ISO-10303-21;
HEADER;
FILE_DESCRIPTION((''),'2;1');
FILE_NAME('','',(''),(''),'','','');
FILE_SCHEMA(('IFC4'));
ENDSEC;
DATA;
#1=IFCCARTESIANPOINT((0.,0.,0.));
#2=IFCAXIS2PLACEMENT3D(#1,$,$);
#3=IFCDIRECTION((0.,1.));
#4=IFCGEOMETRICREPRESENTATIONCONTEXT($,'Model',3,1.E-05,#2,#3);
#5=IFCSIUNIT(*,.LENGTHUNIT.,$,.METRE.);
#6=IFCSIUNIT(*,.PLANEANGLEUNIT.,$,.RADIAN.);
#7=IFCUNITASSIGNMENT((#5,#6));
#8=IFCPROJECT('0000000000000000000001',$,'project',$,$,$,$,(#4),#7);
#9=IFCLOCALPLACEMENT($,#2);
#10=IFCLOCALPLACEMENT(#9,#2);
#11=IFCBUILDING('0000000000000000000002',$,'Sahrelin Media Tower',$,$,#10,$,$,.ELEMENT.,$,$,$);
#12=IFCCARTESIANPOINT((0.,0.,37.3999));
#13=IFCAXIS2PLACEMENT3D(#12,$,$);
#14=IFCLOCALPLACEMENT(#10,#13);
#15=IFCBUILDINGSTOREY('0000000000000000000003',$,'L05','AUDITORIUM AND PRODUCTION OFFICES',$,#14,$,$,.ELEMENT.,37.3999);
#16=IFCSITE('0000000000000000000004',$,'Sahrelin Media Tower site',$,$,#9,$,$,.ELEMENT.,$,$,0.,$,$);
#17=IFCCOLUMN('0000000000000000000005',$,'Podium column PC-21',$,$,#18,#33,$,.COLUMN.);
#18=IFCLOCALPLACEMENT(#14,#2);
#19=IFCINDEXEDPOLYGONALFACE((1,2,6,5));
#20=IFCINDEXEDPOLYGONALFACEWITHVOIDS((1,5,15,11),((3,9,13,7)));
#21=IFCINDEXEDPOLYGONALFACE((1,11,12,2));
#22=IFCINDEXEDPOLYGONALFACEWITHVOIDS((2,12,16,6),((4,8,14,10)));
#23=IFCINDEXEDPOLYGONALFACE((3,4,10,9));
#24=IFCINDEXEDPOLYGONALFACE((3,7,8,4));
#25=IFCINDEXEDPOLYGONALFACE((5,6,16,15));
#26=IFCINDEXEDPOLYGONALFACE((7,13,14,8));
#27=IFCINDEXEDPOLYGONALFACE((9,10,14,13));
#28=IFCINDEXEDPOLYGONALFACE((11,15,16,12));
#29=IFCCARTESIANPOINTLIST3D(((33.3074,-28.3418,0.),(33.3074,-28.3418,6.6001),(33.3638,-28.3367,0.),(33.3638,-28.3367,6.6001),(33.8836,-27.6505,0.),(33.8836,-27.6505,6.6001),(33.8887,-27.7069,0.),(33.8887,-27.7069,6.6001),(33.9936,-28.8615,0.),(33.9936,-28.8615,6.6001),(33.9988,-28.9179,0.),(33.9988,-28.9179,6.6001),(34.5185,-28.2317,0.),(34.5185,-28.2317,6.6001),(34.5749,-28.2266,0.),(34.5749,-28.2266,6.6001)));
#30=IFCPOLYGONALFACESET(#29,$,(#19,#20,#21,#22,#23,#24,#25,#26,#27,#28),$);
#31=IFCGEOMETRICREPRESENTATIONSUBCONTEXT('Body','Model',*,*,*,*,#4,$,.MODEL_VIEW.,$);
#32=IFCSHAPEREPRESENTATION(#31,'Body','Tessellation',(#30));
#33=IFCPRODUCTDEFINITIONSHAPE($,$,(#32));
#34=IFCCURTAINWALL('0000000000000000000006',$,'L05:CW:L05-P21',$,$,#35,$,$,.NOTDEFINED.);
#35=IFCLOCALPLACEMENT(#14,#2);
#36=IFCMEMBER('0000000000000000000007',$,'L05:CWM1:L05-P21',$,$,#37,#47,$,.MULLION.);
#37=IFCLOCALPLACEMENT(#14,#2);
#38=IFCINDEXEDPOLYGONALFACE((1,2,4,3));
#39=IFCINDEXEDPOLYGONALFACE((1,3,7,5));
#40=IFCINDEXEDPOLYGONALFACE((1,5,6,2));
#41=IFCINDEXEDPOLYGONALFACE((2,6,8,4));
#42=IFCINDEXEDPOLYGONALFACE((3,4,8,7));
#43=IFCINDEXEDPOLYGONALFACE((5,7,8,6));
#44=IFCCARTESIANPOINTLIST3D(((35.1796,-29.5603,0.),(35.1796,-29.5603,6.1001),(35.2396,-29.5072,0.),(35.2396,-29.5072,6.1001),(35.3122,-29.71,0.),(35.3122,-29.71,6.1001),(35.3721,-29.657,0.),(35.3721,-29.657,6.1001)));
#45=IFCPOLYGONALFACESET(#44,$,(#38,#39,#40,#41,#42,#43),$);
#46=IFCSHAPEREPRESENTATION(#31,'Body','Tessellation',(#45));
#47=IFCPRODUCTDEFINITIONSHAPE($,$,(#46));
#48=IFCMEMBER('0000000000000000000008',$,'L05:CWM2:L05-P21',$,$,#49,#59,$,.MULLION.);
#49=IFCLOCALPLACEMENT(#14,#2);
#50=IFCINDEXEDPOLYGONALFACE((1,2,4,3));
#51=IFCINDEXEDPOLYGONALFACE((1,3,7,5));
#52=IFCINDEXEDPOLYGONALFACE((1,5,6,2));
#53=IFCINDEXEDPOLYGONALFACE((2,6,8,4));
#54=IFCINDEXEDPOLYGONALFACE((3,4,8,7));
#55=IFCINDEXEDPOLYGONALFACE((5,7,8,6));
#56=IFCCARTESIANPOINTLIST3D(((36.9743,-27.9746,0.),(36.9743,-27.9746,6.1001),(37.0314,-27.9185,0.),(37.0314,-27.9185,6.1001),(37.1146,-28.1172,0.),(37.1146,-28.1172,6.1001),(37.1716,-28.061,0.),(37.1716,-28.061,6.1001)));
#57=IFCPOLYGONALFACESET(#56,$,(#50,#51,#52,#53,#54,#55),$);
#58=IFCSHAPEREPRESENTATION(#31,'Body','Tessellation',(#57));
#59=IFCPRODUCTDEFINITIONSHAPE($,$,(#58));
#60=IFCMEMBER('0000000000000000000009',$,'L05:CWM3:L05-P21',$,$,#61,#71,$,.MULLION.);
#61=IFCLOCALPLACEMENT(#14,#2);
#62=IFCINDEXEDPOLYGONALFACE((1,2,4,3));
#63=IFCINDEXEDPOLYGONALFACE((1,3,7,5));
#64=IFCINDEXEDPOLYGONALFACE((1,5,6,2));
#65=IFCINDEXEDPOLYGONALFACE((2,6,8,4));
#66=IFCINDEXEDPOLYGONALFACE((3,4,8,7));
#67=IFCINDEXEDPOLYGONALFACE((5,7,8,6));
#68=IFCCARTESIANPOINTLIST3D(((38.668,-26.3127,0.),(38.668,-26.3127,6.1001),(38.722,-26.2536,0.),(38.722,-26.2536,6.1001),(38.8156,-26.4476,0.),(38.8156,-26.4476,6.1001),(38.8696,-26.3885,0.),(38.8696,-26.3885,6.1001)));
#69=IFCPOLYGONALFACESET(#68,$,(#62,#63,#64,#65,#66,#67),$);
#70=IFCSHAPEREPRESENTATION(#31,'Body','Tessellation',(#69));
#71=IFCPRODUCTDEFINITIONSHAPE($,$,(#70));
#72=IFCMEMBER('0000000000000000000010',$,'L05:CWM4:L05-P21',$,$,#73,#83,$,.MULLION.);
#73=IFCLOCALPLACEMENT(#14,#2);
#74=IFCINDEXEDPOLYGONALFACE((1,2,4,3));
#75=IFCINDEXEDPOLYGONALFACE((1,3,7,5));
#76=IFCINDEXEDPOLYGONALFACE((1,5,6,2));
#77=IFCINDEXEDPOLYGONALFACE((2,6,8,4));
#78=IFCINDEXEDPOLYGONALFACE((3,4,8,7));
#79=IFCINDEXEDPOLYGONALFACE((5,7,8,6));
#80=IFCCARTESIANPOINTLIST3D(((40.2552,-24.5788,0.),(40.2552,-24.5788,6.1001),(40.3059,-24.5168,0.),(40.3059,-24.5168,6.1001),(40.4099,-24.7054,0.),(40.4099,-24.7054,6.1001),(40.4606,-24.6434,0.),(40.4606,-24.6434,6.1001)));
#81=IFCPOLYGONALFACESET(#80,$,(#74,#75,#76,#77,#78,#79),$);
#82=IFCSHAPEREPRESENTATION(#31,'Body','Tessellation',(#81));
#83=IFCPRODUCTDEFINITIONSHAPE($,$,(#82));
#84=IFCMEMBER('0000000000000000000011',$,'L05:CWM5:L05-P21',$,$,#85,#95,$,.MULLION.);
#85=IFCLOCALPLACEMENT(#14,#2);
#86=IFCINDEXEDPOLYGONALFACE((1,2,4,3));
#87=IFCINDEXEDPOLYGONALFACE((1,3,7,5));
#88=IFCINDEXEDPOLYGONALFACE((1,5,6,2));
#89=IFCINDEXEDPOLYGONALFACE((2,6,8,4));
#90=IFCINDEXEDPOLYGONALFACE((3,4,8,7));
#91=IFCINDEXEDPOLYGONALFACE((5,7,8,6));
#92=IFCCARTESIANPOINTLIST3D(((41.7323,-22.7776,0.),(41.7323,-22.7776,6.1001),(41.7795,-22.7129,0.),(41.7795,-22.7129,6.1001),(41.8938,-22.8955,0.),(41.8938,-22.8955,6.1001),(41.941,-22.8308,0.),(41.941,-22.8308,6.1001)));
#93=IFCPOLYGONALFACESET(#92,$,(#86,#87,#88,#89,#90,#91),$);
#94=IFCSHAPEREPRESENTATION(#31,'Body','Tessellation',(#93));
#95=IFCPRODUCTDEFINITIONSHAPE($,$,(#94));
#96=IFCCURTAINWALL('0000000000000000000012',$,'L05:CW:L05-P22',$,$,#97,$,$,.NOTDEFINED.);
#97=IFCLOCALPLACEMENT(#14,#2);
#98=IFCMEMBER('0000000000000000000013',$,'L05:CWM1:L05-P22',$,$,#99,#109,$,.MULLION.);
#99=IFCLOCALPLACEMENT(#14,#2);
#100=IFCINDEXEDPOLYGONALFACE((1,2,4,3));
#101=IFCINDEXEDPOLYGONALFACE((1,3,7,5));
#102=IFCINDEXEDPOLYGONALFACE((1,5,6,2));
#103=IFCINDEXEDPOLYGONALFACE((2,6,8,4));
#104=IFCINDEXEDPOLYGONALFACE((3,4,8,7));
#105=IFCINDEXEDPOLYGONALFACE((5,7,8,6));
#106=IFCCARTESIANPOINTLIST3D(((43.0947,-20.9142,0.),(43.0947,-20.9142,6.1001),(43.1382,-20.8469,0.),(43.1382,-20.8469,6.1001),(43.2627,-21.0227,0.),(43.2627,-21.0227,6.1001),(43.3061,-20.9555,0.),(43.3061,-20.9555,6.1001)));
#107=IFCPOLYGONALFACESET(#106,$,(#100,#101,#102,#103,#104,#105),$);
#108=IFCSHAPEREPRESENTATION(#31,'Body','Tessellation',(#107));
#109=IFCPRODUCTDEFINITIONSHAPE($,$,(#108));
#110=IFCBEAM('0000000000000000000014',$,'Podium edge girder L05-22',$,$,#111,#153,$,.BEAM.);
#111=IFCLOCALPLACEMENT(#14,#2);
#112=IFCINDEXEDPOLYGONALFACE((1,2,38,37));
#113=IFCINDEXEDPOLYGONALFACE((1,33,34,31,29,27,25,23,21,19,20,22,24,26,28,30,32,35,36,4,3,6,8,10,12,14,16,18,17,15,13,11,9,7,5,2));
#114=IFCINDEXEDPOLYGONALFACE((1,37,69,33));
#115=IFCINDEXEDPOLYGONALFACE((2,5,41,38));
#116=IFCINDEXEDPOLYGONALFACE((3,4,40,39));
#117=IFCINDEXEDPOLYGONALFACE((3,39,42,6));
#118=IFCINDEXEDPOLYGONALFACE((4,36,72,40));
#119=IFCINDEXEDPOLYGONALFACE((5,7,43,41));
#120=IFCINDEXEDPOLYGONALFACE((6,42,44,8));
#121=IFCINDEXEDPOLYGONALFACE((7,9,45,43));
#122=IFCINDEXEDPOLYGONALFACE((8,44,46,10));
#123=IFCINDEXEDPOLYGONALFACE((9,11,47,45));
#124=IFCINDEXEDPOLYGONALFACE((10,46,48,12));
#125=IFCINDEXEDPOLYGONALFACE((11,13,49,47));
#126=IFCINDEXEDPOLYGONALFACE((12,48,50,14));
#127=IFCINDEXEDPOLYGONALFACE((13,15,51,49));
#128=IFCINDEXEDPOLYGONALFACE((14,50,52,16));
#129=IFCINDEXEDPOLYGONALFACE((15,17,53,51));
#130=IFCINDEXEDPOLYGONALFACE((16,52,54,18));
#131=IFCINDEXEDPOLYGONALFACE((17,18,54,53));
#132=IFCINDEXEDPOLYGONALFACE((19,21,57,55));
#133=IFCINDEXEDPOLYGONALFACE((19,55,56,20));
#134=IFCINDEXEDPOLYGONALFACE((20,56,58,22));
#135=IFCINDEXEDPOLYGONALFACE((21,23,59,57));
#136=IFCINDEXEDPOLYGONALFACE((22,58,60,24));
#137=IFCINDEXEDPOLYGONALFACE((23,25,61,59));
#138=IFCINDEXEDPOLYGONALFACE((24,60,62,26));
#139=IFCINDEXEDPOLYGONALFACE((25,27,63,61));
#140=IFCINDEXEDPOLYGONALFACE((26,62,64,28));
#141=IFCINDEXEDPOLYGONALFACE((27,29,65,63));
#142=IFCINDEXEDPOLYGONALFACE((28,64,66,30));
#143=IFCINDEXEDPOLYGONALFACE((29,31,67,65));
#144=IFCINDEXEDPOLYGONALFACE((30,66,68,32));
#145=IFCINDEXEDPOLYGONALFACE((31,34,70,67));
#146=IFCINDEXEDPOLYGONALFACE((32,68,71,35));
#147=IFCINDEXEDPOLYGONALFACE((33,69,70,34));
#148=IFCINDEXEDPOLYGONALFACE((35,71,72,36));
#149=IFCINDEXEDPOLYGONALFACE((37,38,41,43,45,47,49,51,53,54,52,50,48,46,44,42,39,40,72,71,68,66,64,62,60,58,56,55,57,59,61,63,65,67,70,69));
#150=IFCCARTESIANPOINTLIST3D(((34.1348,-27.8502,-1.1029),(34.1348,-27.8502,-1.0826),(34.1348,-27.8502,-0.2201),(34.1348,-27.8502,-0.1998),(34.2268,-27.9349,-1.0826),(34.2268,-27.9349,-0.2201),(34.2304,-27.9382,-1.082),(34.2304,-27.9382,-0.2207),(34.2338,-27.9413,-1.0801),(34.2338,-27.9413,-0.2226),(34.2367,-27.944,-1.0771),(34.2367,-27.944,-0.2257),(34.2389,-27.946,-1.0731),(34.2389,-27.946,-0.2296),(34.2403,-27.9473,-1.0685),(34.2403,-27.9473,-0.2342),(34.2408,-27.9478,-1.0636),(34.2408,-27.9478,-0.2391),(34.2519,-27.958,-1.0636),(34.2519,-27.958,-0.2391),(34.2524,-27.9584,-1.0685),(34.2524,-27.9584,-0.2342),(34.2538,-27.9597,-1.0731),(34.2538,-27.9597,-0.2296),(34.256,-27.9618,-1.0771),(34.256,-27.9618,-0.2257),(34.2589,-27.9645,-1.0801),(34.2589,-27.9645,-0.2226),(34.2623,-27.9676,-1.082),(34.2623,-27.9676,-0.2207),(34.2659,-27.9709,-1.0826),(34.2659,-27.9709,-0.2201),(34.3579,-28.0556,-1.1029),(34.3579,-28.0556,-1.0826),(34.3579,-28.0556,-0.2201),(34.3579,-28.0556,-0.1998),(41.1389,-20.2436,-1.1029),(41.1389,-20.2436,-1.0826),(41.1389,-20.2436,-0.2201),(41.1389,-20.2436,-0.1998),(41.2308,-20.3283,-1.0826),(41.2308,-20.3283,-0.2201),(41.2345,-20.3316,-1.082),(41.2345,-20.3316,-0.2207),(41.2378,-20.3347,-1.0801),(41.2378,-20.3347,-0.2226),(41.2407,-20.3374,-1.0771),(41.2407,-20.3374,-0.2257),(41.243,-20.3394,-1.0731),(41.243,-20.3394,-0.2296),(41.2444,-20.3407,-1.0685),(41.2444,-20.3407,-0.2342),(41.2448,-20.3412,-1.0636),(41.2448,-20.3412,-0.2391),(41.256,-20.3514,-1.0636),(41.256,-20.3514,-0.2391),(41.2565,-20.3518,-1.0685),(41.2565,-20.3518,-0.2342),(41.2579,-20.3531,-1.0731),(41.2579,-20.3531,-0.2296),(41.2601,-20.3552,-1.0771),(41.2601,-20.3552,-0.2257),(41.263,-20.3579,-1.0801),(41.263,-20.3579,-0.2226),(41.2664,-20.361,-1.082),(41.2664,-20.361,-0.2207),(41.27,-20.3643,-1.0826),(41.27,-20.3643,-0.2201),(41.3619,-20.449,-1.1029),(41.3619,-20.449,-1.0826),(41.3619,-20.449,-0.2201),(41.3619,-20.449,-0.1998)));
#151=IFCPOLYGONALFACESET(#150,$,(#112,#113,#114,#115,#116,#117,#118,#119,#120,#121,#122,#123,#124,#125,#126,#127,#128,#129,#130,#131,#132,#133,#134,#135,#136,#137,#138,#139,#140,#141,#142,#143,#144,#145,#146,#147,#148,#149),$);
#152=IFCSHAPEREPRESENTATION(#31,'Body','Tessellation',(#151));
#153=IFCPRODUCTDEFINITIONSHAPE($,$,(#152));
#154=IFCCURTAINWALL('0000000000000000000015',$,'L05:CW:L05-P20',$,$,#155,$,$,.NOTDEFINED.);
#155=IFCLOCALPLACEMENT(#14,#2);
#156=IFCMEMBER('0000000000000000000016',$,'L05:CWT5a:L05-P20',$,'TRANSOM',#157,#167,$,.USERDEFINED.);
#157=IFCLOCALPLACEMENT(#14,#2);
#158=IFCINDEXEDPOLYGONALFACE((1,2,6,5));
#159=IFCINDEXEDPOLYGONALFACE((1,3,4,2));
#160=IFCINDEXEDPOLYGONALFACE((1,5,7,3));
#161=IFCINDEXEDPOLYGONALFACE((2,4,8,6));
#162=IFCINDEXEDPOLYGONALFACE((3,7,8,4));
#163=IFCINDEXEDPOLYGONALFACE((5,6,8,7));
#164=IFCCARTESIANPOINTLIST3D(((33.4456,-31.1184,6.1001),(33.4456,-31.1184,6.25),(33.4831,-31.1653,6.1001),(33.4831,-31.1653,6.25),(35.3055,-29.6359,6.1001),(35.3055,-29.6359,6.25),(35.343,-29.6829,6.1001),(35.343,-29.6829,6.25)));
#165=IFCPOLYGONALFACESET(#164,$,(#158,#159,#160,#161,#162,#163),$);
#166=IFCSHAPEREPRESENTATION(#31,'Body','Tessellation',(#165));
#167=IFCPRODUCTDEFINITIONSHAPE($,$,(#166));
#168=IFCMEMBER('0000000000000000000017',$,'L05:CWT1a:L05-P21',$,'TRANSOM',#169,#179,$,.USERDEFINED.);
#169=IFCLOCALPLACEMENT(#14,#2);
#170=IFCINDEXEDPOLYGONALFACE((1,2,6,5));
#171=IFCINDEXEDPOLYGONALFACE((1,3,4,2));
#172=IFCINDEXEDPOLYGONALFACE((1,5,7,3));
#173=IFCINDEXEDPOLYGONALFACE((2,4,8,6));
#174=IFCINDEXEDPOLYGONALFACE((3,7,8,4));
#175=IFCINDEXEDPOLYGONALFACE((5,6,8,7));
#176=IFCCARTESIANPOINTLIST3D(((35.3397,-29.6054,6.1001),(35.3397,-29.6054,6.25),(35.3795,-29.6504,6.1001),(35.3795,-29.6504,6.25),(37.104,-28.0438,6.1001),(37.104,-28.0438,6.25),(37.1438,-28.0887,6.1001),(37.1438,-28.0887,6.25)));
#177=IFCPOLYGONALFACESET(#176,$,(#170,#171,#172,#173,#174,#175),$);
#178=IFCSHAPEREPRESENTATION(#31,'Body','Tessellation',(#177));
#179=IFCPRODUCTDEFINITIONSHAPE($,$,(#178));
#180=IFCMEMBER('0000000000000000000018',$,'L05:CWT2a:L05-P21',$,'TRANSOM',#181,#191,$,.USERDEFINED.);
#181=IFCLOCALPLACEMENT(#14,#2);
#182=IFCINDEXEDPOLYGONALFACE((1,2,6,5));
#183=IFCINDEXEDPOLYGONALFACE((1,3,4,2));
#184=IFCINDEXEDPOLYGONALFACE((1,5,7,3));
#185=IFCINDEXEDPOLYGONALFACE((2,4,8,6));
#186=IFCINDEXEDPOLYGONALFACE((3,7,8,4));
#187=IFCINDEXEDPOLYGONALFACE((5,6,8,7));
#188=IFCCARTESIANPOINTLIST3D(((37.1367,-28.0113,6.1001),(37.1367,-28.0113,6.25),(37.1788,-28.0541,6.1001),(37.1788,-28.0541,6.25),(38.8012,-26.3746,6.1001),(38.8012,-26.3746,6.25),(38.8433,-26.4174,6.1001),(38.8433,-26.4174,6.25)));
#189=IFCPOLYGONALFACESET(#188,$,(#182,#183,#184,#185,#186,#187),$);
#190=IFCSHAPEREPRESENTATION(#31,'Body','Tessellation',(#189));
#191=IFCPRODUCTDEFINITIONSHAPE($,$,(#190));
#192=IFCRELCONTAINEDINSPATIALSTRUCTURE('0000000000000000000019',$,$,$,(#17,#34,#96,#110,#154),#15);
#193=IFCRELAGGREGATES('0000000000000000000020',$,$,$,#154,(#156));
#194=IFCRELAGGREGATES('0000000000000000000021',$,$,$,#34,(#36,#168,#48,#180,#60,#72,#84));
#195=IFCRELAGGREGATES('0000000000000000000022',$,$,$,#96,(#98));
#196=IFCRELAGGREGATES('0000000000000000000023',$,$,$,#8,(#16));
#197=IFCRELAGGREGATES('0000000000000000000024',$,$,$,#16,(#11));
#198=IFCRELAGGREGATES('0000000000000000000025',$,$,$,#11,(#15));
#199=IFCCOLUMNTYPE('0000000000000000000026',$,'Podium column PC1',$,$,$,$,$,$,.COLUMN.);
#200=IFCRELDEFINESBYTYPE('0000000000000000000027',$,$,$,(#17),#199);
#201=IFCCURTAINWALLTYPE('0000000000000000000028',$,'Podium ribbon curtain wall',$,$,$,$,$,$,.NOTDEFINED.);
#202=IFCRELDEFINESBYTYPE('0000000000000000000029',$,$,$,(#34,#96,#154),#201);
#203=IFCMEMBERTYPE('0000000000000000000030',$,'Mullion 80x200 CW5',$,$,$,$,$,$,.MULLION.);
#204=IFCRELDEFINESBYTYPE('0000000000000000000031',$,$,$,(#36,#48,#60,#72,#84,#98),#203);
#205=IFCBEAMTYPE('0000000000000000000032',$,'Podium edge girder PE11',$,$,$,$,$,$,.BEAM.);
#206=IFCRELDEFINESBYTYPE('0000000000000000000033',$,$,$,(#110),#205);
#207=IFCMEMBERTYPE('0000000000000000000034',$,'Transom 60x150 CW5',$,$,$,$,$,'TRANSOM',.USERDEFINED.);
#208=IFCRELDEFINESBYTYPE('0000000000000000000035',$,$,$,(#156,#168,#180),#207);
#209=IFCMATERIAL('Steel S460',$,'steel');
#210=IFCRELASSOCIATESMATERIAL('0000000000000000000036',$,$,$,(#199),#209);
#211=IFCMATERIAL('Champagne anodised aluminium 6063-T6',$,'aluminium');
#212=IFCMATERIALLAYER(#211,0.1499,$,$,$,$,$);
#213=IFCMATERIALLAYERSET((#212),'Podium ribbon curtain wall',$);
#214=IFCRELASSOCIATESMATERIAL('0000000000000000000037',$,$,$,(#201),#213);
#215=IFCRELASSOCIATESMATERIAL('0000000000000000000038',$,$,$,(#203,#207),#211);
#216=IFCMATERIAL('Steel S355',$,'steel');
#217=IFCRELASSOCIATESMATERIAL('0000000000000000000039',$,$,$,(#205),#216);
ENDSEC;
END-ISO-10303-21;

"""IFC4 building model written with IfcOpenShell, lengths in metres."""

from ifc_helpers import new_model, si_unit, direction, frame, origin, origin_2d, place, context, subcontext, project, spatial, rectangle, hollow_rectangle, i_section, extrude, material, layer, layer_set, material_profile, profile_set, type_object, element, aggregate, save


model = new_model("IFC4")

# Units and contexts
model_context = context("Model", 3, precision=1e-05, world=origin(), true_north=direction((0.0, 1.0)))
body_context = subcontext(model_context, "Body", "Model", "MODEL_VIEW")
ifc_project = project(units=[si_unit("LENGTHUNIT", "METRE"), si_unit("PLANEANGLEUNIT", "RADIAN")], contexts=[model_context])

# Site, building, storey
site_placement = place(None, origin())
site = spatial("IfcSite", under=ifc_project, at=site_placement, Name="Sahrelin Media Tower site", CompositionType="ELEMENT", RefElevation=0.0)
building_placement = place(site_placement, origin())
building = spatial("IfcBuilding", under=site, at=building_placement, Name="Sahrelin Media Tower", CompositionType="ELEMENT")
storey_placement = place(building_placement, frame((0.0, 0.0, 37.3999)))
storey = spatial("IfcBuildingStorey", under=building, at=storey_placement, Name="L05", Description="AUDITORIUM AND PRODUCTION OFFICES", CompositionType="ELEMENT", Elevation=37.3999)

# Column
ifc_material_1 = material(Name="Steel S460", Category="steel")
ifc_material_profile_1 = material_profile(ifc_material_1, hollow_rectangle(XDim=0.8999, YDim=0.8999, WallThickness=0.04, at=origin_2d()), Name="Podium column PC1")
ifc_profile_set_1 = profile_set([ifc_material_profile_1], Name="Steel S460")
column_type = type_object("IfcColumnType", Name="Podium column PC1", PredefinedType="COLUMN", material=ifc_profile_set_1)
column_placement = place(storey_placement, frame((33.9412, -28.2842, 0.0), z_axis=(0.0, 0.0, 1.0), x_axis=(0.768221, -0.640185, 0.0)))
element("IfcColumn", 1, at=column_placement, inside=storey, type_object=column_type, Name="Podium column PC-21", PredefinedType="COLUMN", context=body_context, shape_type="SweptSolid", body=[
    extrude(hollow_rectangle(XDim=0.8999, YDim=0.8999, WallThickness=0.04, at=origin_2d()), origin(), (0.0, 0.0, 1.0), 6.6001),
])

# Curtain wall, members
ifc_material_2 = material(Name="Champagne anodised aluminium 6063-T6", Category="aluminium")
ifc_layer_1 = layer(ifc_material_2, 0.1499)
ifc_layer_set_1 = layer_set([ifc_layer_1], Name="Podium ribbon curtain wall")
curtain_wall_type = type_object("IfcCurtainWallType", Name="Podium ribbon curtain wall", PredefinedType="NOTDEFINED", material=ifc_layer_set_1)
curtain_wall_1_placement = place(storey_placement, frame((35.3552, -29.6985, 0.0), z_axis=(0.0, 0.0, 1.0), x_axis=(1.0, 0.0, 0.0)))
curtain_wall_1 = element("IfcCurtainWall", 2, at=curtain_wall_1_placement, inside=storey, type_object=curtain_wall_type, Name="L05:CW:L05-P21", PredefinedType="NOTDEFINED")
ifc_material_profile_2 = material_profile(ifc_material_2, rectangle(XDim=0.0801, YDim=0.2, at=origin_2d()), Name="Mullion 80x200")
ifc_profile_set_2 = profile_set([ifc_material_profile_2], Name="Champagne anodised aluminium 6063-T6")
member_type_1 = type_object("IfcMemberType", Name="Mullion 80x200 CW5", PredefinedType="MULLION", material=ifc_profile_set_2)
member_1_placement = place(storey_placement, frame((35.2759, -29.6086, 0.0), z_axis=(0.0, 0.0, 1.0), x_axis=(0.748788, 0.66281, 0.0)))
member_1 = element("IfcMember", 3, at=member_1_placement, type_object=member_type_1, Name="L05:CWM1:L05-P21", PredefinedType="MULLION", context=body_context, shape_type="SweptSolid", body=[
    extrude(rectangle(XDim=0.0801, YDim=0.2, at=origin_2d()), origin(), (0.0, 0.0, 1.0), 6.1001),
])
member_2_placement = place(storey_placement, frame((37.073, -28.0178, 0.0), z_axis=(0.0, 0.0, 1.0), x_axis=(0.712974, 0.701191, 0.0)))
member_2 = element("IfcMember", 4, at=member_2_placement, type_object=member_type_1, Name="L05:CWM2:L05-P21", PredefinedType="MULLION", context=body_context, shape_type="SweptSolid", body=[
    extrude(rectangle(XDim=0.0801, YDim=0.2, at=origin_2d()), origin(), (0.0, 0.0, 1.0), 6.1001),
])
member_3_placement = place(storey_placement, frame((38.7688, -26.3506, 0.0), z_axis=(0.0, 0.0, 1.0), x_axis=(0.67443, 0.738339, 0.0)))
member_3 = element("IfcMember", 5, at=member_3_placement, type_object=member_type_1, Name="L05:CWM3:L05-P21", PredefinedType="MULLION", context=body_context, shape_type="SweptSolid", body=[
    extrude(rectangle(XDim=0.0801, YDim=0.2, at=origin_2d()), origin(), (0.0, 0.0, 1.0), 6.1001),
])
member_4_placement = place(storey_placement, frame((40.3579, -24.6111, 0.0), z_axis=(0.0, 0.0, 1.0), x_axis=(0.633235, 0.77396, 0.0)))
member_4 = element("IfcMember", 6, at=member_4_placement, type_object=member_type_1, Name="L05:CWM4:L05-P21", PredefinedType="MULLION", context=body_context, shape_type="SweptSolid", body=[
    extrude(rectangle(XDim=0.0801, YDim=0.2, at=origin_2d()), origin(), (0.0, 0.0, 1.0), 6.1001),
])
member_5_placement = place(storey_placement, frame((41.8367, -22.8042, 0.0), z_axis=(0.0, 0.0, 1.0), x_axis=(0.589385, 0.807852, 0.0)))
member_5 = element("IfcMember", 7, at=member_5_placement, type_object=member_type_1, Name="L05:CWM5:L05-P21", PredefinedType="MULLION", context=body_context, shape_type="SweptSolid", body=[
    extrude(rectangle(XDim=0.0801, YDim=0.2, at=origin_2d()), origin(), (0.0, 0.0, 1.0), 6.1001),
])

# Curtain wall, member
curtain_wall_2_placement = place(storey_placement, frame((43.3013, -21.0, 0.0), z_axis=(0.0, 0.0, 1.0), x_axis=(1.0, 0.0, 0.0)))
curtain_wall_2 = element("IfcCurtainWall", 8, at=curtain_wall_2_placement, inside=storey, type_object=curtain_wall_type, Name="L05:CW:L05-P22", PredefinedType="NOTDEFINED")
member_6_placement = place(storey_placement, frame((43.2004, -20.9348, 0.0), z_axis=(0.0, 0.0, 1.0), x_axis=(0.54283, 0.839843, 0.0)))
member_6 = element("IfcMember", 9, at=member_6_placement, type_object=member_type_1, Name="L05:CWM1:L05-P22", PredefinedType="MULLION", context=body_context, shape_type="SweptSolid", body=[
    extrude(rectangle(XDim=0.0801, YDim=0.2, at=origin_2d()), origin(), (0.0, 0.0, 1.0), 6.1001),
])

# Beam
ifc_material_3 = material(Name="Steel S355", Category="steel")
ifc_material_profile_3 = material_profile(ifc_material_3, i_section(OverallWidth=0.3032, OverallDepth=0.9031, WebThickness=0.0151, FlangeThickness=0.0203, FilletRadius=0.019, at=origin_2d()), Name="UB 914x305x201")
ifc_profile_set_3 = profile_set([ifc_material_profile_3], Name="Steel S355")
beam_type = type_object("IfcBeamType", Name="Podium edge girder PE11", PredefinedType="BEAM", material=ifc_profile_set_3)
beam_placement = place(storey_placement, frame((34.2463, -27.9529, -0.6514), z_axis=(0.677371, 0.735642, 0.0), x_axis=(-0.735642, 0.677371, 0.0)))
element("IfcBeam", 10, at=beam_placement, inside=storey, type_object=beam_type, Name="Podium edge girder L05-22", PredefinedType="BEAM", context=body_context, shape_type="SweptSolid", body=[
    extrude(i_section(OverallWidth=0.3032, OverallDepth=0.9031, WebThickness=0.0151, FlangeThickness=0.0203, FilletRadius=0.019, at=origin_2d()), origin(), (0.0, 0.0, 1.0), 10.3401),
])

# Curtain wall, member
curtain_wall_3_placement = place(storey_placement, frame((25.0, -36.373, 0.0), z_axis=(0.0, 0.0, 1.0), x_axis=(1.0, 0.0, 0.0)))
curtain_wall_3 = element("IfcCurtainWall", 11, at=curtain_wall_3_placement, inside=storey, type_object=curtain_wall_type, Name="L05:CW:L05-P20", PredefinedType="NOTDEFINED")
ifc_material_profile_4 = material_profile(ifc_material_2, rectangle(XDim=0.0601, YDim=0.1499, at=origin_2d()), Name="Transom 60x150")
ifc_profile_set_4 = profile_set([ifc_material_profile_4], Name="Champagne anodised aluminium 6063-T6")
member_type_2 = type_object("IfcMemberType", Name="Transom 60x150 CW5", ElementType="TRANSOM", PredefinedType="USERDEFINED", material=ifc_profile_set_4)
member_7_placement = place(storey_placement, frame((33.4644, -31.1418, 6.175), z_axis=(0.781989, 0.623292, 0.0), x_axis=(-0.623292, 0.781989, 0.0)))
member_7 = element("IfcMember", 12, at=member_7_placement, type_object=member_type_2, Name="L05:CWT5a:L05-P20", ObjectType="TRANSOM", PredefinedType="USERDEFINED", context=body_context, shape_type="SweptSolid", body=[
    extrude(rectangle(XDim=0.0601, YDim=0.1499, at=origin_2d()), origin(), (0.0, 0.0, 1.0), 2.3784),
])

# Members
member_8_placement = place(storey_placement, frame((35.3596, -29.6279, 6.175), z_axis=(0.748797, 0.6628, 0.0), x_axis=(-0.6628, 0.748797, 0.0)))
member_8 = element("IfcMember", 13, at=member_8_placement, type_object=member_type_2, Name="L05:CWT1a:L05-P21", ObjectType="TRANSOM", PredefinedType="USERDEFINED", context=body_context, shape_type="SweptSolid", body=[
    extrude(rectangle(XDim=0.0601, YDim=0.1499, at=origin_2d()), origin(), (0.0, 0.0, 1.0), 2.3562),
])
member_9_placement = place(storey_placement, frame((37.1577, -28.0327, 6.175), z_axis=(0.713043, 0.70112, 0.0), x_axis=(-0.70112, 0.713043, 0.0)))
member_9 = element("IfcMember", 14, at=member_9_placement, type_object=member_type_2, Name="L05:CWT2a:L05-P21", ObjectType="TRANSOM", PredefinedType="USERDEFINED", context=body_context, shape_type="SweptSolid", body=[
    extrude(rectangle(XDim=0.0601, YDim=0.1499, at=origin_2d()), origin(), (0.0, 0.0, 1.0), 2.3345),
])

aggregate(curtain_wall_3, [member_7])
aggregate(curtain_wall_1, [member_1, member_8, member_2, member_9, member_3, member_4, member_5])
aggregate(curtain_wall_2, [member_6])

save(model, "model.ifc")
